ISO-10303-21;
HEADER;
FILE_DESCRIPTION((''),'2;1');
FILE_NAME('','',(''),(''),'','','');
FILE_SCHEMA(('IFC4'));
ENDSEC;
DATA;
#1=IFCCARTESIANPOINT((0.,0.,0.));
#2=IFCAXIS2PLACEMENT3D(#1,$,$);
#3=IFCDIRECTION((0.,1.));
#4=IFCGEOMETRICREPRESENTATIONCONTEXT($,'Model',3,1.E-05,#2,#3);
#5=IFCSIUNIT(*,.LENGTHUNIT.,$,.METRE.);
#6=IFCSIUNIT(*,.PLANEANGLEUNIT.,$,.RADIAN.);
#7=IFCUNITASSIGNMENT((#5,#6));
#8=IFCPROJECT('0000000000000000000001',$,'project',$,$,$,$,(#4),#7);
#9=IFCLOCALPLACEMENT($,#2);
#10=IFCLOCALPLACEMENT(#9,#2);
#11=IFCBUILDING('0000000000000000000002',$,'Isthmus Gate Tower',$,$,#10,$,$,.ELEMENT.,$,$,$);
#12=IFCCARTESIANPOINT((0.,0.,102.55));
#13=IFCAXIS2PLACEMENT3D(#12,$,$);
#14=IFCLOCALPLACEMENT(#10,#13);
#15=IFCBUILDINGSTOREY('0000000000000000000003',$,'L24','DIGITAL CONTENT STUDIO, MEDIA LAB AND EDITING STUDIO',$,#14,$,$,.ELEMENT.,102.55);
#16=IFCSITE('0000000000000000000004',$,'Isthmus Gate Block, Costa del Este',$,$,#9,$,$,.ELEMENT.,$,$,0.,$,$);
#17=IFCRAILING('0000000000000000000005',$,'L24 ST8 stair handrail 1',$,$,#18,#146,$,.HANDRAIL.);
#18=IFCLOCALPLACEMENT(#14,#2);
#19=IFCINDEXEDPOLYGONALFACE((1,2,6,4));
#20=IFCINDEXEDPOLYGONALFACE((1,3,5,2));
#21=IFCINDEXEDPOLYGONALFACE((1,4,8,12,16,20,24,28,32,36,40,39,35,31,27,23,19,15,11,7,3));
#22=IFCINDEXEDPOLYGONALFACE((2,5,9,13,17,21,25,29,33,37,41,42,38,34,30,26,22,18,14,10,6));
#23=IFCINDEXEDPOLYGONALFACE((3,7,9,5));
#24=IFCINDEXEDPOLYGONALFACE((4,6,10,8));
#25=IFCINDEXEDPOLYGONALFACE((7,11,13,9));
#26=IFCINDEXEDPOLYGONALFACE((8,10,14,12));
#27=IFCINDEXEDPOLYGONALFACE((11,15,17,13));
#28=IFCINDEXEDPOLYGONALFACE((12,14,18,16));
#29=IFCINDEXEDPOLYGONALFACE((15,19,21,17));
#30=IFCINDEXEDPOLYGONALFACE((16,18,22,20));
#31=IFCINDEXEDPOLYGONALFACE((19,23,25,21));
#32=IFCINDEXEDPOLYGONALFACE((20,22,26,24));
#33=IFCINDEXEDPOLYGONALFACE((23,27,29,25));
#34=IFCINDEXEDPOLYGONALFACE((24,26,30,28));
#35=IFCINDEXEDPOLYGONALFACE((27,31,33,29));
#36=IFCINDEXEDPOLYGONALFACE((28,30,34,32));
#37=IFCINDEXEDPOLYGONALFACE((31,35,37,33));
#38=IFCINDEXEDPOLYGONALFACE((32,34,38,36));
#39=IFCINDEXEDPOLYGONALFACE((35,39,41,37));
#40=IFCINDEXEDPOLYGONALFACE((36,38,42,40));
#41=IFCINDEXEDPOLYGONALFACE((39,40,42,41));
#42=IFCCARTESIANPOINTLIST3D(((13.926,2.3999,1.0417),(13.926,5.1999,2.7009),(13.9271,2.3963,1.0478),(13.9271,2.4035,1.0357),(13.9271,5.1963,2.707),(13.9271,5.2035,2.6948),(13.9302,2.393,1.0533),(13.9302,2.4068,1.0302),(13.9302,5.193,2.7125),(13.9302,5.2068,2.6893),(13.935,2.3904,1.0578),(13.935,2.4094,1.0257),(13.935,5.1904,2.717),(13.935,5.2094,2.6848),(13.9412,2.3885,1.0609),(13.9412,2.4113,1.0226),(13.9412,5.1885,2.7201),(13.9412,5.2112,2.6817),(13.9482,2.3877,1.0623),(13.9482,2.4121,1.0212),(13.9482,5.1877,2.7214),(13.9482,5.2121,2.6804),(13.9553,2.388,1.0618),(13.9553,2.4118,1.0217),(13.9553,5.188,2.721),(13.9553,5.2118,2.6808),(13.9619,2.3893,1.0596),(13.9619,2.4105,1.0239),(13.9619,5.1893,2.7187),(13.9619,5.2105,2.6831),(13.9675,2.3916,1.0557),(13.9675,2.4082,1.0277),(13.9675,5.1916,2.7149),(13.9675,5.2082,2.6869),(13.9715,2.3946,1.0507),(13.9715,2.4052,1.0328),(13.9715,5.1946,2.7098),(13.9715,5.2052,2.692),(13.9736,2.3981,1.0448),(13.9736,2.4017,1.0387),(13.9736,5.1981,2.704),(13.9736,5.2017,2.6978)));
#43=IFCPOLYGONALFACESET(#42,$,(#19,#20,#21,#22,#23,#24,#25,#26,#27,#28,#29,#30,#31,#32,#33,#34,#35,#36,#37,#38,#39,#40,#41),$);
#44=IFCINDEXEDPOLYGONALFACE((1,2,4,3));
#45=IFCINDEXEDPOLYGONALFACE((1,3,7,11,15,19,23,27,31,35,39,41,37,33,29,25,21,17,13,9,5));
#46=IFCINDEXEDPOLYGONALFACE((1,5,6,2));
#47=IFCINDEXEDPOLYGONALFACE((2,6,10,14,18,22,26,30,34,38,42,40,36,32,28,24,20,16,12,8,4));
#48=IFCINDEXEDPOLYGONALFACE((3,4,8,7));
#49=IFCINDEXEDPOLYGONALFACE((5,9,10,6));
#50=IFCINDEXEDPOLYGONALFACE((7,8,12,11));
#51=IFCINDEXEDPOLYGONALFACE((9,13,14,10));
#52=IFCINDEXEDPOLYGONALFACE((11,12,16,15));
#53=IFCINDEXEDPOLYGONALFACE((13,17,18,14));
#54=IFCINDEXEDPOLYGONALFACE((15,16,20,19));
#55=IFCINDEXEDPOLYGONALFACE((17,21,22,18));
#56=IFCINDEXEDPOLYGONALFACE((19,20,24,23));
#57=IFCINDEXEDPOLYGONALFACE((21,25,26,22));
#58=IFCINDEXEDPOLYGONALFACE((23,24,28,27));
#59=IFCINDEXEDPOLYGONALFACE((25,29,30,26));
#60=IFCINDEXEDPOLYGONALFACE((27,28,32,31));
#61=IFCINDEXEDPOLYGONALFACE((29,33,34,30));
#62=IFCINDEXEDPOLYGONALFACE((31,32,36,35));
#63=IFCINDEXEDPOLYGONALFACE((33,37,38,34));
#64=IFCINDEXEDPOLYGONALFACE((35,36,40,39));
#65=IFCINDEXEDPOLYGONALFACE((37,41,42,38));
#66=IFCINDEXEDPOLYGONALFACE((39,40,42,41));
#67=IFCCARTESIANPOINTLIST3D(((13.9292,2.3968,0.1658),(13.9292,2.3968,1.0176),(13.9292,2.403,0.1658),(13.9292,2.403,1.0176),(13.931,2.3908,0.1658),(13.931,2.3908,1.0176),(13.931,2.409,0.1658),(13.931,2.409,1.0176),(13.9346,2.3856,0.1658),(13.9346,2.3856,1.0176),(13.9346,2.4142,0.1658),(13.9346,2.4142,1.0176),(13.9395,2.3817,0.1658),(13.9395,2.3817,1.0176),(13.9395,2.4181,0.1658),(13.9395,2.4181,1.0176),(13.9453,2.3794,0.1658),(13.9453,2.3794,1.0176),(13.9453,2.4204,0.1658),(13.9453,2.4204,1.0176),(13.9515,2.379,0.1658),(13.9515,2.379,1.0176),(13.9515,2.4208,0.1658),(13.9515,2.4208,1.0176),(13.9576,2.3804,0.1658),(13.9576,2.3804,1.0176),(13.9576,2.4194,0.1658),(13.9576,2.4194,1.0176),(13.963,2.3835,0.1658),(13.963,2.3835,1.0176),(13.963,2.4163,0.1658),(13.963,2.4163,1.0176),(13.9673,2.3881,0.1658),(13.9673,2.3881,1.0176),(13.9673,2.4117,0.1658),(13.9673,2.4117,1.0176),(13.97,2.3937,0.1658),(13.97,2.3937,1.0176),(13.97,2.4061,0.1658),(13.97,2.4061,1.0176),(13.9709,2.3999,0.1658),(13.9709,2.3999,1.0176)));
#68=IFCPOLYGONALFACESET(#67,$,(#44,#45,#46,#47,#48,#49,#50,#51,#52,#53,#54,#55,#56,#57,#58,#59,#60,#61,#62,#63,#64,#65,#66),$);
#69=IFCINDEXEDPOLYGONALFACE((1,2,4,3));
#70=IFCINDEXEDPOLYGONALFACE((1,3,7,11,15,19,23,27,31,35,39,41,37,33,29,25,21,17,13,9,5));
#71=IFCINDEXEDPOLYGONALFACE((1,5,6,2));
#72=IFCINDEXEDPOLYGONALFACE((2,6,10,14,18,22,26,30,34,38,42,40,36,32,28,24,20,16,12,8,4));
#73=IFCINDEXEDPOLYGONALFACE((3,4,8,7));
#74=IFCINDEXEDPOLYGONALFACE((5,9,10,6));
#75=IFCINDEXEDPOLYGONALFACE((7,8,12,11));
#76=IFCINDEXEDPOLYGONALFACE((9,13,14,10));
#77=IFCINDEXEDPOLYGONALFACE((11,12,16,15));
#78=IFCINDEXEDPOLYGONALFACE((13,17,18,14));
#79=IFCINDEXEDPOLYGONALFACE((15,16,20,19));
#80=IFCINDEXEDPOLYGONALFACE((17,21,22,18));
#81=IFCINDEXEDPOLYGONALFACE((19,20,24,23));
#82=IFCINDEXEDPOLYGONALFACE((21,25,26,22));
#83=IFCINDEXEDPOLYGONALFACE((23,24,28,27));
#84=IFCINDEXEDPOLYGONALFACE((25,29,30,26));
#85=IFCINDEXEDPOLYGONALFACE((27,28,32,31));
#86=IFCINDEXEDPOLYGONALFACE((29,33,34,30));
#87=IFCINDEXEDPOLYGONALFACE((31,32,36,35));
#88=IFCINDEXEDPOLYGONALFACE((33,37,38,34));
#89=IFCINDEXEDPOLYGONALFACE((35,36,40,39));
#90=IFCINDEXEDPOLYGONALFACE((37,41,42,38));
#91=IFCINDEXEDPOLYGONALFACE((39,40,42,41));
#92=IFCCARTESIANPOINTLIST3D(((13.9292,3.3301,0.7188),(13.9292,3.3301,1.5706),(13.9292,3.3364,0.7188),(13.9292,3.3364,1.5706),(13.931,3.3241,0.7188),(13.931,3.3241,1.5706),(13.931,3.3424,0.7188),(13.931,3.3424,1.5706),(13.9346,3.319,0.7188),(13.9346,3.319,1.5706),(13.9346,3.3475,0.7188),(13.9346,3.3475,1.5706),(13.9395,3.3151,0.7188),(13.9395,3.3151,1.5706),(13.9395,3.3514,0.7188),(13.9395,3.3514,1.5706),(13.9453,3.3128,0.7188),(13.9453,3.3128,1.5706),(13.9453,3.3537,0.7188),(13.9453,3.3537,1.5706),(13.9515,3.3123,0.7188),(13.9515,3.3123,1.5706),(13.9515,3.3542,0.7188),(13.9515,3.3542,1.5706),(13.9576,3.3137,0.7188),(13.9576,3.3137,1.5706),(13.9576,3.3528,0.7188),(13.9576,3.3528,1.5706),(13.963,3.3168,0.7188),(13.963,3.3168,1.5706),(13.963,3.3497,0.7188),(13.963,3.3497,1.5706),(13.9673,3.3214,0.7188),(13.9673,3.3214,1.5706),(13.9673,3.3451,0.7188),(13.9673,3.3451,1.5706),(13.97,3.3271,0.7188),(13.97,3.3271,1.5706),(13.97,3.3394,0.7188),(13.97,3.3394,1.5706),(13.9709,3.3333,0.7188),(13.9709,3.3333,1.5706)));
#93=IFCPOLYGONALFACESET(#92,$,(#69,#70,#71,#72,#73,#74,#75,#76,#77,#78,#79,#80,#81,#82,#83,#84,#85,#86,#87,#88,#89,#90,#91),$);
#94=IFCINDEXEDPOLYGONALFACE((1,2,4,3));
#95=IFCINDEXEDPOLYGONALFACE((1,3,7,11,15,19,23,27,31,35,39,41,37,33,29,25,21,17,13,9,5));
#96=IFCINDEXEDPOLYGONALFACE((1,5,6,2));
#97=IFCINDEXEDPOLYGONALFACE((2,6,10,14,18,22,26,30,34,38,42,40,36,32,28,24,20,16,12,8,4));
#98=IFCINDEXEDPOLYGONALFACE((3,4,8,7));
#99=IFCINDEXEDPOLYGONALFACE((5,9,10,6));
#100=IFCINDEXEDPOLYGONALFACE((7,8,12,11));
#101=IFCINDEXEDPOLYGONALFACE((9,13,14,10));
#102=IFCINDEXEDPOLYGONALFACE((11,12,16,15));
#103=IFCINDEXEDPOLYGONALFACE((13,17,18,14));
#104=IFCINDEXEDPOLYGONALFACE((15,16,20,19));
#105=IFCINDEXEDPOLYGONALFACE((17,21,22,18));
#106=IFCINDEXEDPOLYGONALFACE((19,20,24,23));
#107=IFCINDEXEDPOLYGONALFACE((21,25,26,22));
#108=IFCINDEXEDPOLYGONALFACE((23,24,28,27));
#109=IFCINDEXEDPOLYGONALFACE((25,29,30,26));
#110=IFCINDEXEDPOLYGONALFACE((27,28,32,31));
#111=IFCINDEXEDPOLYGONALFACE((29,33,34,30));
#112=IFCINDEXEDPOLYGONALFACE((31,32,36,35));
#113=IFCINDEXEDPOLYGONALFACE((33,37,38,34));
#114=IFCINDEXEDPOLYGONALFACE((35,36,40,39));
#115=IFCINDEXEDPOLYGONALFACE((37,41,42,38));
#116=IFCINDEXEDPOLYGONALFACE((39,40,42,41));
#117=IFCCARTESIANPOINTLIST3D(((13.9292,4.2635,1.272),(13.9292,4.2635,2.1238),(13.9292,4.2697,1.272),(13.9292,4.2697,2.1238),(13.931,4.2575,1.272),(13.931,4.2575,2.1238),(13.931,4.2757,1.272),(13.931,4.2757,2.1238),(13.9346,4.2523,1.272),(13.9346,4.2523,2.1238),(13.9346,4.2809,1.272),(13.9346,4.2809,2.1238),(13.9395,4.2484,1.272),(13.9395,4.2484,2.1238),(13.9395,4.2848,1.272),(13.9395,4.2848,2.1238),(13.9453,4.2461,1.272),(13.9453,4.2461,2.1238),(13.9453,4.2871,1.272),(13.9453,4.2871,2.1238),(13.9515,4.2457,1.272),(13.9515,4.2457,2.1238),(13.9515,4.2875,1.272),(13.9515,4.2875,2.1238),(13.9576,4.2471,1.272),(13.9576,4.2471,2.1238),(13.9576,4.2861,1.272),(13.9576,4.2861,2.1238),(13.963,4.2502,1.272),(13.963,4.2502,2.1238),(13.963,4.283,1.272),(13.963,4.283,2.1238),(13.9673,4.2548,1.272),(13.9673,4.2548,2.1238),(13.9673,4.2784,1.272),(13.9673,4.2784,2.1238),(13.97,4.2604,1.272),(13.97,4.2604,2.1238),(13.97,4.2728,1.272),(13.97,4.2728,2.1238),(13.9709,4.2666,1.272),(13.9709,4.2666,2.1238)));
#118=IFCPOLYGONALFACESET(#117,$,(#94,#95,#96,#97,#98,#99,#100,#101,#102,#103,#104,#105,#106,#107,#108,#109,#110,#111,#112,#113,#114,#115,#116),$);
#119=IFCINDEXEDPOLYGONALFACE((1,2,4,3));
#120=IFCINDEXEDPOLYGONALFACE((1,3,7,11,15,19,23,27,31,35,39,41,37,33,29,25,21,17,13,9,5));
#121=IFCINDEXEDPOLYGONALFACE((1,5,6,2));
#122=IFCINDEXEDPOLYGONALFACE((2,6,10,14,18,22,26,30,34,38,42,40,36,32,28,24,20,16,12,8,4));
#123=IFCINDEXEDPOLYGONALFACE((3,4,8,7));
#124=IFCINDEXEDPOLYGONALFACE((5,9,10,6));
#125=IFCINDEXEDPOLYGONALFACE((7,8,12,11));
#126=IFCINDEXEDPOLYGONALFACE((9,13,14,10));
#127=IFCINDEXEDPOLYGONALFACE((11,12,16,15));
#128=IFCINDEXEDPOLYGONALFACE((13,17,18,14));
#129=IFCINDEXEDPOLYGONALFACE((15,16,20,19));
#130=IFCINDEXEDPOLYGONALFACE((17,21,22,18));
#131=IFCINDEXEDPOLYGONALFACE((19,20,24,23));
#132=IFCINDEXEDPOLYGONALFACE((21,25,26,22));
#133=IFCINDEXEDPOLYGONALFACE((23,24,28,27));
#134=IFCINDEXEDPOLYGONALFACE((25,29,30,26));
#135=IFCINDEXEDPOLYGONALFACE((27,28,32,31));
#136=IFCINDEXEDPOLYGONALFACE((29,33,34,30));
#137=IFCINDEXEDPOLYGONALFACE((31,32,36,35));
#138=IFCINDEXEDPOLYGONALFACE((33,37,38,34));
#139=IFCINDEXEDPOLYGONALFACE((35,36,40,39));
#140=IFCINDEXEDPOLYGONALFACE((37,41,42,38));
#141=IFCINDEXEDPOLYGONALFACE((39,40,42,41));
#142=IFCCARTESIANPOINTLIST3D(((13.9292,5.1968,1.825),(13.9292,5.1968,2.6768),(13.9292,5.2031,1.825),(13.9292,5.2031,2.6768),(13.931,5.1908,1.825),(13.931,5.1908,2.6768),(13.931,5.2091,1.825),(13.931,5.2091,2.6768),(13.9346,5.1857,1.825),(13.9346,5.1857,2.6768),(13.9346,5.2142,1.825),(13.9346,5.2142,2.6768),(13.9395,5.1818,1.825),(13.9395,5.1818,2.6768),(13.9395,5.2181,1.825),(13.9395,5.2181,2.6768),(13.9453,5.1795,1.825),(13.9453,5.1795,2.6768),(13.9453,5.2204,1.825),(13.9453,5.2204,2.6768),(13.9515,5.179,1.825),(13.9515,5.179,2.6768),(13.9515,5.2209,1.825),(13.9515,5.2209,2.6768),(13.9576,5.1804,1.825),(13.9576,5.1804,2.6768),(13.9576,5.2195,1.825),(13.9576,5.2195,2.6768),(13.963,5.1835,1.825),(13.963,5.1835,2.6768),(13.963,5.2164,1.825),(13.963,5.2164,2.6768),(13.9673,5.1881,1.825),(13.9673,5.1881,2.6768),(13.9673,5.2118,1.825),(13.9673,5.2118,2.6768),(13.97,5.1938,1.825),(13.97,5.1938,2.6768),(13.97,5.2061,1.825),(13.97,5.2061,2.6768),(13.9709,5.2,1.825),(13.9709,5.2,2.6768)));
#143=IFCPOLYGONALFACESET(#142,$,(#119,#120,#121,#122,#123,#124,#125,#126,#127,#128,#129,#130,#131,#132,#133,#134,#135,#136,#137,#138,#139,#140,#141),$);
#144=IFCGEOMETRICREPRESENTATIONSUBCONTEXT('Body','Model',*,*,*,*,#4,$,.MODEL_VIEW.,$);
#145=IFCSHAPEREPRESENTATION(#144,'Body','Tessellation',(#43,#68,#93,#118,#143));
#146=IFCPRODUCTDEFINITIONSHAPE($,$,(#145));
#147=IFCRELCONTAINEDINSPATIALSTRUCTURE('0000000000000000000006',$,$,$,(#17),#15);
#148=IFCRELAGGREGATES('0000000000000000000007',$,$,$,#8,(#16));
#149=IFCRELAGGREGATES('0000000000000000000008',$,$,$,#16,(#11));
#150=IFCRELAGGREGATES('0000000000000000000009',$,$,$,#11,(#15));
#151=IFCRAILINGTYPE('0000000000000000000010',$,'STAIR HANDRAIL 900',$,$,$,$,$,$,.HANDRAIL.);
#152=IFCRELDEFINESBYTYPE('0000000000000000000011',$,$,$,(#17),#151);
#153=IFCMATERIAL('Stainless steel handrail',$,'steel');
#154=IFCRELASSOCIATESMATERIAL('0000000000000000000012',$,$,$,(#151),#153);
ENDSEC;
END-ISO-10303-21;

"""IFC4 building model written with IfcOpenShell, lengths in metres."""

from ifc_helpers import new_model, si_unit, direction, frame, origin, origin_2d, place, context, subcontext, project, spatial, circle, extrude, material, type_object, element, save


model = new_model("IFC4")

# Units and contexts
model_context = context("Model", 3, precision=1e-05, world=origin(), true_north=direction((0.0, 1.0)))
body_context = subcontext(model_context, "Body", "Model", "MODEL_VIEW")
ifc_project = project(units=[si_unit("LENGTHUNIT", "METRE"), si_unit("PLANEANGLEUNIT", "RADIAN")], contexts=[model_context])

# Site, building, storey
site_placement = place(None, origin())
site = spatial("IfcSite", under=ifc_project, at=site_placement, Name="Isthmus Gate Block, Costa del Este", CompositionType="ELEMENT", RefElevation=0.0)
building_placement = place(site_placement, origin())
building = spatial("IfcBuilding", under=site, at=building_placement, Name="Isthmus Gate Tower", CompositionType="ELEMENT")
storey_placement = place(building_placement, frame((0.0, 0.0, 102.55)))
storey = spatial("IfcBuildingStorey", under=building, at=storey_placement, Name="L24", Description="DIGITAL CONTENT STUDIO, MEDIA LAB AND EDITING STUDIO", CompositionType="ELEMENT", Elevation=102.55)

# Railing
ifc_material_1 = material(Name="Stainless steel handrail", Category="steel")
railing_type = type_object("IfcRailingType", Name="STAIR HANDRAIL 900", PredefinedType="HANDRAIL", material=ifc_material_1)
railing_placement = place(storey_placement, frame((13.95, 2.3999, 0.1658)))
element("IfcRailing", 1, at=railing_placement, inside=storey, type_object=railing_type, Name="L24 ST8 stair handrail 1", PredefinedType="HANDRAIL", context=body_context, shape_type="SweptSolid", body=[
    extrude(circle(Radius=0.0239, at=origin_2d()), frame((0.0, 0.0, 0.876), z_axis=(0.0, 0.860306, 0.509778), x_axis=(-1.0, 0.0, 0.0)), (0.0, 0.0, 1.0), 3.2546),
    extrude(circle(Radius=0.021, at=origin_2d()), origin(), (0.0, 0.0, 1.0), 0.8518),
    extrude(circle(Radius=0.021, at=origin_2d()), frame((0.0, 0.9333, 0.553)), (0.0, 0.0, 1.0), 0.8518),
    extrude(circle(Radius=0.021, at=origin_2d()), frame((0.0, 1.8667, 1.1062)), (0.0, 0.0, 1.0), 0.8518),
    extrude(circle(Radius=0.021, at=origin_2d()), frame((0.0, 2.8, 1.6592)), (0.0, 0.0, 1.0), 0.8518),
])

save(model, "model.ifc")
